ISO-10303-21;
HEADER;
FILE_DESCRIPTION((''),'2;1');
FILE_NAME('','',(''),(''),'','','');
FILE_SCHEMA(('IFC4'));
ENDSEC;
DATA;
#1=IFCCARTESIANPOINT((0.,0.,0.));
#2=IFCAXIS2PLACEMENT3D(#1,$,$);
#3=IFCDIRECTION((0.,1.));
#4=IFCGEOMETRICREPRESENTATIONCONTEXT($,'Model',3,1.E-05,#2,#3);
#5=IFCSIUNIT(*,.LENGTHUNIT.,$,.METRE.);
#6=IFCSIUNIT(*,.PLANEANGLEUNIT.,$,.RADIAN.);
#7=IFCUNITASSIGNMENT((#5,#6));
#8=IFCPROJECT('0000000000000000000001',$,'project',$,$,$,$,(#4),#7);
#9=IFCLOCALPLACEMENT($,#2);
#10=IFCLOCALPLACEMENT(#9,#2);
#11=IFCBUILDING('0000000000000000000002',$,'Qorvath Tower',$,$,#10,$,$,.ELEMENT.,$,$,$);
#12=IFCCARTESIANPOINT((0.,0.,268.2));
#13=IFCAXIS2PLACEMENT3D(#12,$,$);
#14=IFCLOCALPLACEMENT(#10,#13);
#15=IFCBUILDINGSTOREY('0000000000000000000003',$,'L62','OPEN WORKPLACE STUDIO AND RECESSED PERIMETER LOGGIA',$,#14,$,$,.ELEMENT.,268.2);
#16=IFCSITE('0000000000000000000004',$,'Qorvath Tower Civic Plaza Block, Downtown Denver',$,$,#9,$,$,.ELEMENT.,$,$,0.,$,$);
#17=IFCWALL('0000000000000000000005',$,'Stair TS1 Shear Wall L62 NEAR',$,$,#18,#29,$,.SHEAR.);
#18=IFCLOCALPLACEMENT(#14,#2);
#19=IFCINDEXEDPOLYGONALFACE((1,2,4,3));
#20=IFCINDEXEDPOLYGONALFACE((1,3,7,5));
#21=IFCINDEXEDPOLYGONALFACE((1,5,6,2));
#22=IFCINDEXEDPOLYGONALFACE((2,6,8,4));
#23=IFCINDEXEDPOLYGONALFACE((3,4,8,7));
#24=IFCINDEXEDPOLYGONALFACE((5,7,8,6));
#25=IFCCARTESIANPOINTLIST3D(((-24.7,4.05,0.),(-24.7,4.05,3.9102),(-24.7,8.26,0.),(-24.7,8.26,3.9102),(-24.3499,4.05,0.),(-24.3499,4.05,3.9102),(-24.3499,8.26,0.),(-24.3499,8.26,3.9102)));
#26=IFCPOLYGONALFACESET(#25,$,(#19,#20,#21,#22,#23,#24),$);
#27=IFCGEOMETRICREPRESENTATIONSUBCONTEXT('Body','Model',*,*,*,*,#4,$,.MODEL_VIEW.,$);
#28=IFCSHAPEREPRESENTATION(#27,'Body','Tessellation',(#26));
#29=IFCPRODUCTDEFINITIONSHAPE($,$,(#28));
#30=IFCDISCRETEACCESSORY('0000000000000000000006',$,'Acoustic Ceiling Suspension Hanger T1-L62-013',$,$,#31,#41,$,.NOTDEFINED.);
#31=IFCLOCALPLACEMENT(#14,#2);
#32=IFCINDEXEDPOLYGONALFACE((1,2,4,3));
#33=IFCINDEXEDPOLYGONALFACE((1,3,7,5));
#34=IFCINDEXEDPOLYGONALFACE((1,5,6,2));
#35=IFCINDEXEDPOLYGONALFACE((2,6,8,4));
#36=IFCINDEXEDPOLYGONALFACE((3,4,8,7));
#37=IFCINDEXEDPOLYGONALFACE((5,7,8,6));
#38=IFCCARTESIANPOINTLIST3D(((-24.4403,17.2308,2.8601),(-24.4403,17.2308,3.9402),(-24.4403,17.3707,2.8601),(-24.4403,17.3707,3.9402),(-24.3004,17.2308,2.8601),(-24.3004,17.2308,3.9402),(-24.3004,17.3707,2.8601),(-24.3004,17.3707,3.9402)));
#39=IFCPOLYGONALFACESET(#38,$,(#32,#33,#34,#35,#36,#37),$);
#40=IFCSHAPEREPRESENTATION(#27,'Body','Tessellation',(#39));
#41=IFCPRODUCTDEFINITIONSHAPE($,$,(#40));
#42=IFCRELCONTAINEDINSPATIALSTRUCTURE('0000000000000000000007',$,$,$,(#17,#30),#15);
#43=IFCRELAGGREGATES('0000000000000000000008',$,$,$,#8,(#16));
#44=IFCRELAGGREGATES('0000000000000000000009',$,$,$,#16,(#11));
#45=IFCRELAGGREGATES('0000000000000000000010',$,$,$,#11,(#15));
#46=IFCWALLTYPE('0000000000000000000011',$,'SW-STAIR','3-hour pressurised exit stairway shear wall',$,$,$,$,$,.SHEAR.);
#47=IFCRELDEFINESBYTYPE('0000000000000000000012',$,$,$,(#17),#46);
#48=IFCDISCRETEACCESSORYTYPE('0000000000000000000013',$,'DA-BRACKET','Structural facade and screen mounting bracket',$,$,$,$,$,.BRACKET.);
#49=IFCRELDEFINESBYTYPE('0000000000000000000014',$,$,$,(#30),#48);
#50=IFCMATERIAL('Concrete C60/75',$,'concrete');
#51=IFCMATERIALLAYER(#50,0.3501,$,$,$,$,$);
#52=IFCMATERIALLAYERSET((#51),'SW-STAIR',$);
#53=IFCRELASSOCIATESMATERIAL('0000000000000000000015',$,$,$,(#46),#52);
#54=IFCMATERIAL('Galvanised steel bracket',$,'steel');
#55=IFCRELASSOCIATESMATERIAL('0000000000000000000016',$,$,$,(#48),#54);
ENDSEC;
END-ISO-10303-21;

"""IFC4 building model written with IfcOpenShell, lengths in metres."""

from ifc_helpers import new_model, si_unit, direction, frame, frame_2d, origin, origin_2d, place, context, subcontext, project, spatial, rectangle, extrude, material, layer, layer_set, type_object, element, save


model = new_model("IFC4")

# Units and contexts
model_context = context("Model", 3, precision=1e-05, world=origin(), true_north=direction((0.0, 1.0)))
body_context = subcontext(model_context, "Body", "Model", "MODEL_VIEW")
ifc_project = project(units=[si_unit("LENGTHUNIT", "METRE"), si_unit("PLANEANGLEUNIT", "RADIAN")], contexts=[model_context])

# Site, building, storey
site_placement = place(None, origin())
site = spatial("IfcSite", under=ifc_project, at=site_placement, Name="Qorvath Tower Civic Plaza Block, Downtown Denver", CompositionType="ELEMENT", RefElevation=0.0)
building_placement = place(site_placement, origin())
building = spatial("IfcBuilding", under=site, at=building_placement, Name="Qorvath Tower", CompositionType="ELEMENT")
storey_placement = place(building_placement, frame((0.0, 0.0, 268.2)))
storey = spatial("IfcBuildingStorey", under=building, at=storey_placement, Name="L62", Description="OPEN WORKPLACE STUDIO AND RECESSED PERIMETER LOGGIA", CompositionType="ELEMENT", Elevation=268.2)

# Wall
ifc_material_1 = material(Name="Concrete C60/75", Category="concrete")
ifc_layer_1 = layer(ifc_material_1, 0.3501)
ifc_layer_set_1 = layer_set([ifc_layer_1], Name="SW-STAIR")
wall_type_1 = type_object("IfcWallType", Name="SW-STAIR", Description="3-hour pressurised exit stairway shear wall", PredefinedType="SHEAR", material=ifc_layer_set_1)
wall_1_placement = place(storey_placement, frame((-24.5249, 8.26, 0.0), z_axis=(0.0, 0.0, 1.0), x_axis=(0.0, -1.0, 0.0)))
element("IfcWall", 1, at=wall_1_placement, inside=storey, type_object=wall_type_1, Name="Stair TS1 Shear Wall L62 NEAR", PredefinedType="SHEAR", context=body_context, shape_type="SweptSolid", body=[
    extrude(rectangle(XDim=4.21, YDim=0.3501, at=frame_2d((2.105, 0.0))), origin(), (0.0, 0.0, 1.0), 3.9102),
])

# Discrete accessory
ifc_material_2 = material(Name="Galvanised steel bracket", Category="steel")
discrete_accessory_type = type_object("IfcDiscreteAccessoryType", Name="DA-BRACKET", Description="Structural facade and screen mounting bracket", PredefinedType="BRACKET", material=ifc_material_2)
discrete_accessory_placement = place(storey_placement, frame((-24.3704, 17.3008, 2.8601), z_axis=(0.0, 0.0, 1.0), x_axis=(1.0, 0.0, 0.0)))
element("IfcDiscreteAccessory", 2, at=discrete_accessory_placement, inside=storey, type_object=discrete_accessory_type, Name="Acoustic Ceiling Suspension Hanger T1-L62-013", PredefinedType="NOTDEFINED", context=body_context, shape_type="SweptSolid", body=[
    extrude(rectangle(XDim=0.1399, YDim=0.1399, at=origin_2d()), origin(), (0.0, 0.0, 1.0), 1.0801),
])

save(model, "model.ifc")
